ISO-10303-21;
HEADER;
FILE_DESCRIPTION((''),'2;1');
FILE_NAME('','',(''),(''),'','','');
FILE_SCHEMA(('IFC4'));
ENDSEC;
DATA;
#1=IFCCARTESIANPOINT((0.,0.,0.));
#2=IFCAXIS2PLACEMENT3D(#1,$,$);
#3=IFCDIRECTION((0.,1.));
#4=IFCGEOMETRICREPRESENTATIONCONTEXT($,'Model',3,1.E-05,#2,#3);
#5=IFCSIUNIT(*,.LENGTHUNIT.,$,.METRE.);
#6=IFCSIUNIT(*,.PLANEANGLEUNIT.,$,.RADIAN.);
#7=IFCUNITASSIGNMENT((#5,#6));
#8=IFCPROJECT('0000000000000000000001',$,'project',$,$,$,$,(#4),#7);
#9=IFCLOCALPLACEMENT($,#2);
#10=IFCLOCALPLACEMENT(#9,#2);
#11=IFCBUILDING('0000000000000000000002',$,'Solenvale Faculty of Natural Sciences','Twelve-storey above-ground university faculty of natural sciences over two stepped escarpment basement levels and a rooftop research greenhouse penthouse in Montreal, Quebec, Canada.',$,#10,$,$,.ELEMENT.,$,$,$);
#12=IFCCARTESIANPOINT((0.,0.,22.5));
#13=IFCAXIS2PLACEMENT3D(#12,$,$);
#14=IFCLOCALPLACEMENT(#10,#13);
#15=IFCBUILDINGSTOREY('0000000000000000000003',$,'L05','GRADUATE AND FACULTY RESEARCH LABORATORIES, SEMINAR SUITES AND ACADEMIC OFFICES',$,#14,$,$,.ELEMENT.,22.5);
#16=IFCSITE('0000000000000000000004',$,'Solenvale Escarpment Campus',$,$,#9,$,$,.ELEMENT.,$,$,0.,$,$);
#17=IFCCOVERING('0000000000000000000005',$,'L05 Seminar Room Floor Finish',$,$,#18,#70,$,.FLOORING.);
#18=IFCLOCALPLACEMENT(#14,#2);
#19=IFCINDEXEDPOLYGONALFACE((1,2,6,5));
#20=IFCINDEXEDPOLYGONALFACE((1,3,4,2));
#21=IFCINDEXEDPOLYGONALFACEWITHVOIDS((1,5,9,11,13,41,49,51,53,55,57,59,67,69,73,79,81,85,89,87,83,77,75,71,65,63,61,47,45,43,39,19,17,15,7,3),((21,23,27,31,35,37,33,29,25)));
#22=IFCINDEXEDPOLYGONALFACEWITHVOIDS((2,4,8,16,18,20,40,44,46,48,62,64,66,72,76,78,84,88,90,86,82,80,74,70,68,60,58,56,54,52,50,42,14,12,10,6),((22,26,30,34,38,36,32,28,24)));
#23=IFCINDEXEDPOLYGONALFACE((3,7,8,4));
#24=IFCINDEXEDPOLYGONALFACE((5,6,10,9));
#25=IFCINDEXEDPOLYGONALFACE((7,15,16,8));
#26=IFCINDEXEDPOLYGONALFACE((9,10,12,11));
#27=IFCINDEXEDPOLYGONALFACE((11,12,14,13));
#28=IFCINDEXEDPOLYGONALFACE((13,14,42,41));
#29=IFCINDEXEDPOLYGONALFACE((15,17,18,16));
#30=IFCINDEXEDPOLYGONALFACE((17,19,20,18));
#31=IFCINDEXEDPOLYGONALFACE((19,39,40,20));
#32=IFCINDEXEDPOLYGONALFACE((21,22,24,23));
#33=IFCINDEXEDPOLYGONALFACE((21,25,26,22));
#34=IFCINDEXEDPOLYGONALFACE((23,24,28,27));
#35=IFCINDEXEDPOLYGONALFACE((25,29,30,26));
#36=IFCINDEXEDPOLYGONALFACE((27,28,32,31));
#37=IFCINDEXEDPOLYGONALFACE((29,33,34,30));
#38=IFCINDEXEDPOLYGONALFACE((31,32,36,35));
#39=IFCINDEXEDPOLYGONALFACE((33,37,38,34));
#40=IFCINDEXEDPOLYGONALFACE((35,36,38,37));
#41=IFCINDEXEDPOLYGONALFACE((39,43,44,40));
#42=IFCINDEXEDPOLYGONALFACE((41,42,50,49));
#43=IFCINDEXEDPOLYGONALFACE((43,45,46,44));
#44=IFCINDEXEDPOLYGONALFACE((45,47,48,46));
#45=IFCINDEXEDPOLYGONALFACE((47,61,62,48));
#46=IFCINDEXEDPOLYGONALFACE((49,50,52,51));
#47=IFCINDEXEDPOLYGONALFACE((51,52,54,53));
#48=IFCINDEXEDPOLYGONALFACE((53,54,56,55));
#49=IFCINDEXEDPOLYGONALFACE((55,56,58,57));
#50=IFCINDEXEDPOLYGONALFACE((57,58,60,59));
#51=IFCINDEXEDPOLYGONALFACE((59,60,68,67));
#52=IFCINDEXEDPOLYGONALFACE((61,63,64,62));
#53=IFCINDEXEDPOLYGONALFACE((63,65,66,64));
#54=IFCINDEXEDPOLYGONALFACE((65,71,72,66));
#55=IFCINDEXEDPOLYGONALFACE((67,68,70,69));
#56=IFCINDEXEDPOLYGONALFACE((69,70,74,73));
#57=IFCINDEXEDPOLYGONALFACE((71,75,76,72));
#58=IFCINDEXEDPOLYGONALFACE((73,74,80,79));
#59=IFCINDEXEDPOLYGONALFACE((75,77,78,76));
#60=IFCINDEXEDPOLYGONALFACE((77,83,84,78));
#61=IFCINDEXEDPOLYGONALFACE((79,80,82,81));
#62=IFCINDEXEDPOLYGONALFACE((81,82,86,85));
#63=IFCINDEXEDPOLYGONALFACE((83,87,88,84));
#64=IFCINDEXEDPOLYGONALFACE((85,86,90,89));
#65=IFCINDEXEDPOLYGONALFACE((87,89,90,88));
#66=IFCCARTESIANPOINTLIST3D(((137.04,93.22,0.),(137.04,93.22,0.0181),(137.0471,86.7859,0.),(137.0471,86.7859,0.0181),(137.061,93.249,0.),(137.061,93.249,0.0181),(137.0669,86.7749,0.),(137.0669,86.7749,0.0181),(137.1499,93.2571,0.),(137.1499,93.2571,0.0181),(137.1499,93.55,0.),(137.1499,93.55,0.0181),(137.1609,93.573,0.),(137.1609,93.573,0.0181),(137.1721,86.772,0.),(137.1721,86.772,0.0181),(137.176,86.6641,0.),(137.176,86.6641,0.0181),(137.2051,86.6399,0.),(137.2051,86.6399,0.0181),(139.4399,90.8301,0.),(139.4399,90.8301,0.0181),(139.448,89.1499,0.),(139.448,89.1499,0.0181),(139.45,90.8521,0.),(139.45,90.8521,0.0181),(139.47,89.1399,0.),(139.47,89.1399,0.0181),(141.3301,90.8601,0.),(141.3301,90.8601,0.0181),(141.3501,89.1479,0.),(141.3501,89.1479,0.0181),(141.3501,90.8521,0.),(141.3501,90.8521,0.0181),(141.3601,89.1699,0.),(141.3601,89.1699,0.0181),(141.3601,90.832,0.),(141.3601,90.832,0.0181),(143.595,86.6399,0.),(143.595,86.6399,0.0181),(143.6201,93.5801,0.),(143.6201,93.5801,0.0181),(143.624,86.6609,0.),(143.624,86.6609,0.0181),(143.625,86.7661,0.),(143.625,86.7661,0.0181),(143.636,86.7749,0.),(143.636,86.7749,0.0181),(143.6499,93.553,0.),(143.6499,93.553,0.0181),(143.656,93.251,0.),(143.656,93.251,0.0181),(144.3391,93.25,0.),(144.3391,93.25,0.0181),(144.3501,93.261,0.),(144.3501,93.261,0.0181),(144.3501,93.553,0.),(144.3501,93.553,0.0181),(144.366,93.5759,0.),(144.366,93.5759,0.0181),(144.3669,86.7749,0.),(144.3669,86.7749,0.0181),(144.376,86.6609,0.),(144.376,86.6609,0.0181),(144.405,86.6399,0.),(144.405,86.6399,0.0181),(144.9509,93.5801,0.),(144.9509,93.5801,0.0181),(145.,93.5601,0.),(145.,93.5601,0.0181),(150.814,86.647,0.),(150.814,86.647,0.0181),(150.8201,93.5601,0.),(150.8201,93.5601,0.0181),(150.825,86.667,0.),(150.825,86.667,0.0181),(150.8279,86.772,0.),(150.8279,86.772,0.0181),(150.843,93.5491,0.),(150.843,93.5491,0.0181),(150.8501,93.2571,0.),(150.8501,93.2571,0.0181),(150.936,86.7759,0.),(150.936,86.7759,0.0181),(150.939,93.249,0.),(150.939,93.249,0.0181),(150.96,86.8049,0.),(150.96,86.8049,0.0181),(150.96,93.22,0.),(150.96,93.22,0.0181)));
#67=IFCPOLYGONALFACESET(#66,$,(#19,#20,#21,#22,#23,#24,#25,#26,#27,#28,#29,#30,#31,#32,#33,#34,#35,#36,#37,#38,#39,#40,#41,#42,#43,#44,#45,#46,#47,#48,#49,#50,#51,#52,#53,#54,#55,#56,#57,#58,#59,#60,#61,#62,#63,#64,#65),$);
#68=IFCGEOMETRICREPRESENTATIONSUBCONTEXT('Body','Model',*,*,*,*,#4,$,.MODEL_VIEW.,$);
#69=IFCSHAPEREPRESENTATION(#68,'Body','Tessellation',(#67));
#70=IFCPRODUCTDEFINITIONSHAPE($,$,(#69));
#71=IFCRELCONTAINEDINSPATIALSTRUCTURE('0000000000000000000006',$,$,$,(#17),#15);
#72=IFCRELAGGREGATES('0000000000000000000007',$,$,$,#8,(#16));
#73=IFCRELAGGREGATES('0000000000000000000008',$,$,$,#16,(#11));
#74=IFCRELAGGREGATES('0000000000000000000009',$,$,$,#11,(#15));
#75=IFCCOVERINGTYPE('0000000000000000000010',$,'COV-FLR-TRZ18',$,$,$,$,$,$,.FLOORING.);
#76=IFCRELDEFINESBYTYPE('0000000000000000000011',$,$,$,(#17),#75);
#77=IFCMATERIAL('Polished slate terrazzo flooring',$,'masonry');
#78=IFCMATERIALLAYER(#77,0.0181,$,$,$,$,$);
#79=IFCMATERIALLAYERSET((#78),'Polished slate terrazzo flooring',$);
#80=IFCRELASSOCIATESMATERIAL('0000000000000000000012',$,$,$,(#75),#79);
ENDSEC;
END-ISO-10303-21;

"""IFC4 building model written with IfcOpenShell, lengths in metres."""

from ifc_helpers import new_model, si_unit, direction, frame, origin, place, context, subcontext, project, spatial, polyline, outline, extrude, material, layer, layer_set, type_object, element, save


model = new_model("IFC4")

# Units and contexts
model_context = context("Model", 3, precision=1e-05, world=origin(), true_north=direction((0.0, 1.0)))
body_context = subcontext(model_context, "Body", "Model", "MODEL_VIEW")
ifc_project = project(units=[si_unit("LENGTHUNIT", "METRE"), si_unit("PLANEANGLEUNIT", "RADIAN")], contexts=[model_context])

# Site, building, storey
site_placement = place(None, origin())
site = spatial("IfcSite", under=ifc_project, at=site_placement, Name="Solenvale Escarpment Campus", CompositionType="ELEMENT", RefElevation=0.0)
building_placement = place(site_placement, origin())
building = spatial("IfcBuilding", under=site, at=building_placement, Name="Solenvale Faculty of Natural Sciences", Description="Twelve-storey above-ground university faculty of natural sciences over two stepped escarpment basement levels and a rooftop research greenhouse penthouse in Montreal, Quebec, Canada.", CompositionType="ELEMENT")
storey_placement = place(building_placement, frame((0.0, 0.0, 22.5)))
storey = spatial("IfcBuildingStorey", under=building, at=storey_placement, Name="L05", Description="GRADUATE AND FACULTY RESEARCH LABORATORIES, SEMINAR SUITES AND ACADEMIC OFFICES", CompositionType="ELEMENT", Elevation=22.5)

# Covering
ifc_material_1 = material(Name="Polished slate terrazzo flooring", Category="masonry")
ifc_layer_1 = layer(ifc_material_1, 0.0181)
ifc_layer_set_1 = layer_set([ifc_layer_1], Name="Polished slate terrazzo flooring")
covering_type_1 = type_object("IfcCoveringType", Name="COV-FLR-TRZ18", PredefinedType="FLOORING", material=ifc_layer_set_1)
covering_1_placement = place(storey_placement, origin())
element("IfcCovering", 1, at=covering_1_placement, inside=storey, type_object=covering_type_1, Name="L05 Seminar Room Floor Finish", PredefinedType="FLOORING", context=body_context, shape_type="SweptSolid", body=[
    extrude(outline(polyline([(144.9509, 93.5801), (145.0, 93.5601), (150.8201, 93.5601), (150.843, 93.5491), (150.8501, 93.2571), (150.939, 93.249), (150.96, 93.22), (150.96, 86.8049), (150.936, 86.7759), (150.8279, 86.772), (150.825, 86.667), (150.814, 86.647), (144.405, 86.6399), (144.376, 86.6609), (144.3669, 86.7749), (143.636, 86.7749), (143.625, 86.7661), (143.624, 86.6609), (143.595, 86.6399), (137.2051, 86.6399), (137.176, 86.6641), (137.1721, 86.772), (137.0669, 86.7749), (137.0471, 86.7859), (137.04, 93.22), (137.061, 93.249), (137.1499, 93.2571), (137.1499, 93.55), (137.1609, 93.573), (143.6201, 93.5801), (143.6499, 93.553), (143.656, 93.251), (144.3391, 93.25), (144.3501, 93.261), (144.3501, 93.553), (144.366, 93.5759), (144.9509, 93.5801)]), holes=[polyline([(141.3601, 90.832), (141.3501, 90.8521), (141.3301, 90.8601), (139.45, 90.8521), (139.4399, 90.8301), (139.448, 89.1499), (139.47, 89.1399), (141.3501, 89.1479), (141.3601, 89.1699), (141.3601, 90.832)])]), origin(), (0.0, 0.0, 1.0), 0.0181),
])

save(model, "model.ifc")
